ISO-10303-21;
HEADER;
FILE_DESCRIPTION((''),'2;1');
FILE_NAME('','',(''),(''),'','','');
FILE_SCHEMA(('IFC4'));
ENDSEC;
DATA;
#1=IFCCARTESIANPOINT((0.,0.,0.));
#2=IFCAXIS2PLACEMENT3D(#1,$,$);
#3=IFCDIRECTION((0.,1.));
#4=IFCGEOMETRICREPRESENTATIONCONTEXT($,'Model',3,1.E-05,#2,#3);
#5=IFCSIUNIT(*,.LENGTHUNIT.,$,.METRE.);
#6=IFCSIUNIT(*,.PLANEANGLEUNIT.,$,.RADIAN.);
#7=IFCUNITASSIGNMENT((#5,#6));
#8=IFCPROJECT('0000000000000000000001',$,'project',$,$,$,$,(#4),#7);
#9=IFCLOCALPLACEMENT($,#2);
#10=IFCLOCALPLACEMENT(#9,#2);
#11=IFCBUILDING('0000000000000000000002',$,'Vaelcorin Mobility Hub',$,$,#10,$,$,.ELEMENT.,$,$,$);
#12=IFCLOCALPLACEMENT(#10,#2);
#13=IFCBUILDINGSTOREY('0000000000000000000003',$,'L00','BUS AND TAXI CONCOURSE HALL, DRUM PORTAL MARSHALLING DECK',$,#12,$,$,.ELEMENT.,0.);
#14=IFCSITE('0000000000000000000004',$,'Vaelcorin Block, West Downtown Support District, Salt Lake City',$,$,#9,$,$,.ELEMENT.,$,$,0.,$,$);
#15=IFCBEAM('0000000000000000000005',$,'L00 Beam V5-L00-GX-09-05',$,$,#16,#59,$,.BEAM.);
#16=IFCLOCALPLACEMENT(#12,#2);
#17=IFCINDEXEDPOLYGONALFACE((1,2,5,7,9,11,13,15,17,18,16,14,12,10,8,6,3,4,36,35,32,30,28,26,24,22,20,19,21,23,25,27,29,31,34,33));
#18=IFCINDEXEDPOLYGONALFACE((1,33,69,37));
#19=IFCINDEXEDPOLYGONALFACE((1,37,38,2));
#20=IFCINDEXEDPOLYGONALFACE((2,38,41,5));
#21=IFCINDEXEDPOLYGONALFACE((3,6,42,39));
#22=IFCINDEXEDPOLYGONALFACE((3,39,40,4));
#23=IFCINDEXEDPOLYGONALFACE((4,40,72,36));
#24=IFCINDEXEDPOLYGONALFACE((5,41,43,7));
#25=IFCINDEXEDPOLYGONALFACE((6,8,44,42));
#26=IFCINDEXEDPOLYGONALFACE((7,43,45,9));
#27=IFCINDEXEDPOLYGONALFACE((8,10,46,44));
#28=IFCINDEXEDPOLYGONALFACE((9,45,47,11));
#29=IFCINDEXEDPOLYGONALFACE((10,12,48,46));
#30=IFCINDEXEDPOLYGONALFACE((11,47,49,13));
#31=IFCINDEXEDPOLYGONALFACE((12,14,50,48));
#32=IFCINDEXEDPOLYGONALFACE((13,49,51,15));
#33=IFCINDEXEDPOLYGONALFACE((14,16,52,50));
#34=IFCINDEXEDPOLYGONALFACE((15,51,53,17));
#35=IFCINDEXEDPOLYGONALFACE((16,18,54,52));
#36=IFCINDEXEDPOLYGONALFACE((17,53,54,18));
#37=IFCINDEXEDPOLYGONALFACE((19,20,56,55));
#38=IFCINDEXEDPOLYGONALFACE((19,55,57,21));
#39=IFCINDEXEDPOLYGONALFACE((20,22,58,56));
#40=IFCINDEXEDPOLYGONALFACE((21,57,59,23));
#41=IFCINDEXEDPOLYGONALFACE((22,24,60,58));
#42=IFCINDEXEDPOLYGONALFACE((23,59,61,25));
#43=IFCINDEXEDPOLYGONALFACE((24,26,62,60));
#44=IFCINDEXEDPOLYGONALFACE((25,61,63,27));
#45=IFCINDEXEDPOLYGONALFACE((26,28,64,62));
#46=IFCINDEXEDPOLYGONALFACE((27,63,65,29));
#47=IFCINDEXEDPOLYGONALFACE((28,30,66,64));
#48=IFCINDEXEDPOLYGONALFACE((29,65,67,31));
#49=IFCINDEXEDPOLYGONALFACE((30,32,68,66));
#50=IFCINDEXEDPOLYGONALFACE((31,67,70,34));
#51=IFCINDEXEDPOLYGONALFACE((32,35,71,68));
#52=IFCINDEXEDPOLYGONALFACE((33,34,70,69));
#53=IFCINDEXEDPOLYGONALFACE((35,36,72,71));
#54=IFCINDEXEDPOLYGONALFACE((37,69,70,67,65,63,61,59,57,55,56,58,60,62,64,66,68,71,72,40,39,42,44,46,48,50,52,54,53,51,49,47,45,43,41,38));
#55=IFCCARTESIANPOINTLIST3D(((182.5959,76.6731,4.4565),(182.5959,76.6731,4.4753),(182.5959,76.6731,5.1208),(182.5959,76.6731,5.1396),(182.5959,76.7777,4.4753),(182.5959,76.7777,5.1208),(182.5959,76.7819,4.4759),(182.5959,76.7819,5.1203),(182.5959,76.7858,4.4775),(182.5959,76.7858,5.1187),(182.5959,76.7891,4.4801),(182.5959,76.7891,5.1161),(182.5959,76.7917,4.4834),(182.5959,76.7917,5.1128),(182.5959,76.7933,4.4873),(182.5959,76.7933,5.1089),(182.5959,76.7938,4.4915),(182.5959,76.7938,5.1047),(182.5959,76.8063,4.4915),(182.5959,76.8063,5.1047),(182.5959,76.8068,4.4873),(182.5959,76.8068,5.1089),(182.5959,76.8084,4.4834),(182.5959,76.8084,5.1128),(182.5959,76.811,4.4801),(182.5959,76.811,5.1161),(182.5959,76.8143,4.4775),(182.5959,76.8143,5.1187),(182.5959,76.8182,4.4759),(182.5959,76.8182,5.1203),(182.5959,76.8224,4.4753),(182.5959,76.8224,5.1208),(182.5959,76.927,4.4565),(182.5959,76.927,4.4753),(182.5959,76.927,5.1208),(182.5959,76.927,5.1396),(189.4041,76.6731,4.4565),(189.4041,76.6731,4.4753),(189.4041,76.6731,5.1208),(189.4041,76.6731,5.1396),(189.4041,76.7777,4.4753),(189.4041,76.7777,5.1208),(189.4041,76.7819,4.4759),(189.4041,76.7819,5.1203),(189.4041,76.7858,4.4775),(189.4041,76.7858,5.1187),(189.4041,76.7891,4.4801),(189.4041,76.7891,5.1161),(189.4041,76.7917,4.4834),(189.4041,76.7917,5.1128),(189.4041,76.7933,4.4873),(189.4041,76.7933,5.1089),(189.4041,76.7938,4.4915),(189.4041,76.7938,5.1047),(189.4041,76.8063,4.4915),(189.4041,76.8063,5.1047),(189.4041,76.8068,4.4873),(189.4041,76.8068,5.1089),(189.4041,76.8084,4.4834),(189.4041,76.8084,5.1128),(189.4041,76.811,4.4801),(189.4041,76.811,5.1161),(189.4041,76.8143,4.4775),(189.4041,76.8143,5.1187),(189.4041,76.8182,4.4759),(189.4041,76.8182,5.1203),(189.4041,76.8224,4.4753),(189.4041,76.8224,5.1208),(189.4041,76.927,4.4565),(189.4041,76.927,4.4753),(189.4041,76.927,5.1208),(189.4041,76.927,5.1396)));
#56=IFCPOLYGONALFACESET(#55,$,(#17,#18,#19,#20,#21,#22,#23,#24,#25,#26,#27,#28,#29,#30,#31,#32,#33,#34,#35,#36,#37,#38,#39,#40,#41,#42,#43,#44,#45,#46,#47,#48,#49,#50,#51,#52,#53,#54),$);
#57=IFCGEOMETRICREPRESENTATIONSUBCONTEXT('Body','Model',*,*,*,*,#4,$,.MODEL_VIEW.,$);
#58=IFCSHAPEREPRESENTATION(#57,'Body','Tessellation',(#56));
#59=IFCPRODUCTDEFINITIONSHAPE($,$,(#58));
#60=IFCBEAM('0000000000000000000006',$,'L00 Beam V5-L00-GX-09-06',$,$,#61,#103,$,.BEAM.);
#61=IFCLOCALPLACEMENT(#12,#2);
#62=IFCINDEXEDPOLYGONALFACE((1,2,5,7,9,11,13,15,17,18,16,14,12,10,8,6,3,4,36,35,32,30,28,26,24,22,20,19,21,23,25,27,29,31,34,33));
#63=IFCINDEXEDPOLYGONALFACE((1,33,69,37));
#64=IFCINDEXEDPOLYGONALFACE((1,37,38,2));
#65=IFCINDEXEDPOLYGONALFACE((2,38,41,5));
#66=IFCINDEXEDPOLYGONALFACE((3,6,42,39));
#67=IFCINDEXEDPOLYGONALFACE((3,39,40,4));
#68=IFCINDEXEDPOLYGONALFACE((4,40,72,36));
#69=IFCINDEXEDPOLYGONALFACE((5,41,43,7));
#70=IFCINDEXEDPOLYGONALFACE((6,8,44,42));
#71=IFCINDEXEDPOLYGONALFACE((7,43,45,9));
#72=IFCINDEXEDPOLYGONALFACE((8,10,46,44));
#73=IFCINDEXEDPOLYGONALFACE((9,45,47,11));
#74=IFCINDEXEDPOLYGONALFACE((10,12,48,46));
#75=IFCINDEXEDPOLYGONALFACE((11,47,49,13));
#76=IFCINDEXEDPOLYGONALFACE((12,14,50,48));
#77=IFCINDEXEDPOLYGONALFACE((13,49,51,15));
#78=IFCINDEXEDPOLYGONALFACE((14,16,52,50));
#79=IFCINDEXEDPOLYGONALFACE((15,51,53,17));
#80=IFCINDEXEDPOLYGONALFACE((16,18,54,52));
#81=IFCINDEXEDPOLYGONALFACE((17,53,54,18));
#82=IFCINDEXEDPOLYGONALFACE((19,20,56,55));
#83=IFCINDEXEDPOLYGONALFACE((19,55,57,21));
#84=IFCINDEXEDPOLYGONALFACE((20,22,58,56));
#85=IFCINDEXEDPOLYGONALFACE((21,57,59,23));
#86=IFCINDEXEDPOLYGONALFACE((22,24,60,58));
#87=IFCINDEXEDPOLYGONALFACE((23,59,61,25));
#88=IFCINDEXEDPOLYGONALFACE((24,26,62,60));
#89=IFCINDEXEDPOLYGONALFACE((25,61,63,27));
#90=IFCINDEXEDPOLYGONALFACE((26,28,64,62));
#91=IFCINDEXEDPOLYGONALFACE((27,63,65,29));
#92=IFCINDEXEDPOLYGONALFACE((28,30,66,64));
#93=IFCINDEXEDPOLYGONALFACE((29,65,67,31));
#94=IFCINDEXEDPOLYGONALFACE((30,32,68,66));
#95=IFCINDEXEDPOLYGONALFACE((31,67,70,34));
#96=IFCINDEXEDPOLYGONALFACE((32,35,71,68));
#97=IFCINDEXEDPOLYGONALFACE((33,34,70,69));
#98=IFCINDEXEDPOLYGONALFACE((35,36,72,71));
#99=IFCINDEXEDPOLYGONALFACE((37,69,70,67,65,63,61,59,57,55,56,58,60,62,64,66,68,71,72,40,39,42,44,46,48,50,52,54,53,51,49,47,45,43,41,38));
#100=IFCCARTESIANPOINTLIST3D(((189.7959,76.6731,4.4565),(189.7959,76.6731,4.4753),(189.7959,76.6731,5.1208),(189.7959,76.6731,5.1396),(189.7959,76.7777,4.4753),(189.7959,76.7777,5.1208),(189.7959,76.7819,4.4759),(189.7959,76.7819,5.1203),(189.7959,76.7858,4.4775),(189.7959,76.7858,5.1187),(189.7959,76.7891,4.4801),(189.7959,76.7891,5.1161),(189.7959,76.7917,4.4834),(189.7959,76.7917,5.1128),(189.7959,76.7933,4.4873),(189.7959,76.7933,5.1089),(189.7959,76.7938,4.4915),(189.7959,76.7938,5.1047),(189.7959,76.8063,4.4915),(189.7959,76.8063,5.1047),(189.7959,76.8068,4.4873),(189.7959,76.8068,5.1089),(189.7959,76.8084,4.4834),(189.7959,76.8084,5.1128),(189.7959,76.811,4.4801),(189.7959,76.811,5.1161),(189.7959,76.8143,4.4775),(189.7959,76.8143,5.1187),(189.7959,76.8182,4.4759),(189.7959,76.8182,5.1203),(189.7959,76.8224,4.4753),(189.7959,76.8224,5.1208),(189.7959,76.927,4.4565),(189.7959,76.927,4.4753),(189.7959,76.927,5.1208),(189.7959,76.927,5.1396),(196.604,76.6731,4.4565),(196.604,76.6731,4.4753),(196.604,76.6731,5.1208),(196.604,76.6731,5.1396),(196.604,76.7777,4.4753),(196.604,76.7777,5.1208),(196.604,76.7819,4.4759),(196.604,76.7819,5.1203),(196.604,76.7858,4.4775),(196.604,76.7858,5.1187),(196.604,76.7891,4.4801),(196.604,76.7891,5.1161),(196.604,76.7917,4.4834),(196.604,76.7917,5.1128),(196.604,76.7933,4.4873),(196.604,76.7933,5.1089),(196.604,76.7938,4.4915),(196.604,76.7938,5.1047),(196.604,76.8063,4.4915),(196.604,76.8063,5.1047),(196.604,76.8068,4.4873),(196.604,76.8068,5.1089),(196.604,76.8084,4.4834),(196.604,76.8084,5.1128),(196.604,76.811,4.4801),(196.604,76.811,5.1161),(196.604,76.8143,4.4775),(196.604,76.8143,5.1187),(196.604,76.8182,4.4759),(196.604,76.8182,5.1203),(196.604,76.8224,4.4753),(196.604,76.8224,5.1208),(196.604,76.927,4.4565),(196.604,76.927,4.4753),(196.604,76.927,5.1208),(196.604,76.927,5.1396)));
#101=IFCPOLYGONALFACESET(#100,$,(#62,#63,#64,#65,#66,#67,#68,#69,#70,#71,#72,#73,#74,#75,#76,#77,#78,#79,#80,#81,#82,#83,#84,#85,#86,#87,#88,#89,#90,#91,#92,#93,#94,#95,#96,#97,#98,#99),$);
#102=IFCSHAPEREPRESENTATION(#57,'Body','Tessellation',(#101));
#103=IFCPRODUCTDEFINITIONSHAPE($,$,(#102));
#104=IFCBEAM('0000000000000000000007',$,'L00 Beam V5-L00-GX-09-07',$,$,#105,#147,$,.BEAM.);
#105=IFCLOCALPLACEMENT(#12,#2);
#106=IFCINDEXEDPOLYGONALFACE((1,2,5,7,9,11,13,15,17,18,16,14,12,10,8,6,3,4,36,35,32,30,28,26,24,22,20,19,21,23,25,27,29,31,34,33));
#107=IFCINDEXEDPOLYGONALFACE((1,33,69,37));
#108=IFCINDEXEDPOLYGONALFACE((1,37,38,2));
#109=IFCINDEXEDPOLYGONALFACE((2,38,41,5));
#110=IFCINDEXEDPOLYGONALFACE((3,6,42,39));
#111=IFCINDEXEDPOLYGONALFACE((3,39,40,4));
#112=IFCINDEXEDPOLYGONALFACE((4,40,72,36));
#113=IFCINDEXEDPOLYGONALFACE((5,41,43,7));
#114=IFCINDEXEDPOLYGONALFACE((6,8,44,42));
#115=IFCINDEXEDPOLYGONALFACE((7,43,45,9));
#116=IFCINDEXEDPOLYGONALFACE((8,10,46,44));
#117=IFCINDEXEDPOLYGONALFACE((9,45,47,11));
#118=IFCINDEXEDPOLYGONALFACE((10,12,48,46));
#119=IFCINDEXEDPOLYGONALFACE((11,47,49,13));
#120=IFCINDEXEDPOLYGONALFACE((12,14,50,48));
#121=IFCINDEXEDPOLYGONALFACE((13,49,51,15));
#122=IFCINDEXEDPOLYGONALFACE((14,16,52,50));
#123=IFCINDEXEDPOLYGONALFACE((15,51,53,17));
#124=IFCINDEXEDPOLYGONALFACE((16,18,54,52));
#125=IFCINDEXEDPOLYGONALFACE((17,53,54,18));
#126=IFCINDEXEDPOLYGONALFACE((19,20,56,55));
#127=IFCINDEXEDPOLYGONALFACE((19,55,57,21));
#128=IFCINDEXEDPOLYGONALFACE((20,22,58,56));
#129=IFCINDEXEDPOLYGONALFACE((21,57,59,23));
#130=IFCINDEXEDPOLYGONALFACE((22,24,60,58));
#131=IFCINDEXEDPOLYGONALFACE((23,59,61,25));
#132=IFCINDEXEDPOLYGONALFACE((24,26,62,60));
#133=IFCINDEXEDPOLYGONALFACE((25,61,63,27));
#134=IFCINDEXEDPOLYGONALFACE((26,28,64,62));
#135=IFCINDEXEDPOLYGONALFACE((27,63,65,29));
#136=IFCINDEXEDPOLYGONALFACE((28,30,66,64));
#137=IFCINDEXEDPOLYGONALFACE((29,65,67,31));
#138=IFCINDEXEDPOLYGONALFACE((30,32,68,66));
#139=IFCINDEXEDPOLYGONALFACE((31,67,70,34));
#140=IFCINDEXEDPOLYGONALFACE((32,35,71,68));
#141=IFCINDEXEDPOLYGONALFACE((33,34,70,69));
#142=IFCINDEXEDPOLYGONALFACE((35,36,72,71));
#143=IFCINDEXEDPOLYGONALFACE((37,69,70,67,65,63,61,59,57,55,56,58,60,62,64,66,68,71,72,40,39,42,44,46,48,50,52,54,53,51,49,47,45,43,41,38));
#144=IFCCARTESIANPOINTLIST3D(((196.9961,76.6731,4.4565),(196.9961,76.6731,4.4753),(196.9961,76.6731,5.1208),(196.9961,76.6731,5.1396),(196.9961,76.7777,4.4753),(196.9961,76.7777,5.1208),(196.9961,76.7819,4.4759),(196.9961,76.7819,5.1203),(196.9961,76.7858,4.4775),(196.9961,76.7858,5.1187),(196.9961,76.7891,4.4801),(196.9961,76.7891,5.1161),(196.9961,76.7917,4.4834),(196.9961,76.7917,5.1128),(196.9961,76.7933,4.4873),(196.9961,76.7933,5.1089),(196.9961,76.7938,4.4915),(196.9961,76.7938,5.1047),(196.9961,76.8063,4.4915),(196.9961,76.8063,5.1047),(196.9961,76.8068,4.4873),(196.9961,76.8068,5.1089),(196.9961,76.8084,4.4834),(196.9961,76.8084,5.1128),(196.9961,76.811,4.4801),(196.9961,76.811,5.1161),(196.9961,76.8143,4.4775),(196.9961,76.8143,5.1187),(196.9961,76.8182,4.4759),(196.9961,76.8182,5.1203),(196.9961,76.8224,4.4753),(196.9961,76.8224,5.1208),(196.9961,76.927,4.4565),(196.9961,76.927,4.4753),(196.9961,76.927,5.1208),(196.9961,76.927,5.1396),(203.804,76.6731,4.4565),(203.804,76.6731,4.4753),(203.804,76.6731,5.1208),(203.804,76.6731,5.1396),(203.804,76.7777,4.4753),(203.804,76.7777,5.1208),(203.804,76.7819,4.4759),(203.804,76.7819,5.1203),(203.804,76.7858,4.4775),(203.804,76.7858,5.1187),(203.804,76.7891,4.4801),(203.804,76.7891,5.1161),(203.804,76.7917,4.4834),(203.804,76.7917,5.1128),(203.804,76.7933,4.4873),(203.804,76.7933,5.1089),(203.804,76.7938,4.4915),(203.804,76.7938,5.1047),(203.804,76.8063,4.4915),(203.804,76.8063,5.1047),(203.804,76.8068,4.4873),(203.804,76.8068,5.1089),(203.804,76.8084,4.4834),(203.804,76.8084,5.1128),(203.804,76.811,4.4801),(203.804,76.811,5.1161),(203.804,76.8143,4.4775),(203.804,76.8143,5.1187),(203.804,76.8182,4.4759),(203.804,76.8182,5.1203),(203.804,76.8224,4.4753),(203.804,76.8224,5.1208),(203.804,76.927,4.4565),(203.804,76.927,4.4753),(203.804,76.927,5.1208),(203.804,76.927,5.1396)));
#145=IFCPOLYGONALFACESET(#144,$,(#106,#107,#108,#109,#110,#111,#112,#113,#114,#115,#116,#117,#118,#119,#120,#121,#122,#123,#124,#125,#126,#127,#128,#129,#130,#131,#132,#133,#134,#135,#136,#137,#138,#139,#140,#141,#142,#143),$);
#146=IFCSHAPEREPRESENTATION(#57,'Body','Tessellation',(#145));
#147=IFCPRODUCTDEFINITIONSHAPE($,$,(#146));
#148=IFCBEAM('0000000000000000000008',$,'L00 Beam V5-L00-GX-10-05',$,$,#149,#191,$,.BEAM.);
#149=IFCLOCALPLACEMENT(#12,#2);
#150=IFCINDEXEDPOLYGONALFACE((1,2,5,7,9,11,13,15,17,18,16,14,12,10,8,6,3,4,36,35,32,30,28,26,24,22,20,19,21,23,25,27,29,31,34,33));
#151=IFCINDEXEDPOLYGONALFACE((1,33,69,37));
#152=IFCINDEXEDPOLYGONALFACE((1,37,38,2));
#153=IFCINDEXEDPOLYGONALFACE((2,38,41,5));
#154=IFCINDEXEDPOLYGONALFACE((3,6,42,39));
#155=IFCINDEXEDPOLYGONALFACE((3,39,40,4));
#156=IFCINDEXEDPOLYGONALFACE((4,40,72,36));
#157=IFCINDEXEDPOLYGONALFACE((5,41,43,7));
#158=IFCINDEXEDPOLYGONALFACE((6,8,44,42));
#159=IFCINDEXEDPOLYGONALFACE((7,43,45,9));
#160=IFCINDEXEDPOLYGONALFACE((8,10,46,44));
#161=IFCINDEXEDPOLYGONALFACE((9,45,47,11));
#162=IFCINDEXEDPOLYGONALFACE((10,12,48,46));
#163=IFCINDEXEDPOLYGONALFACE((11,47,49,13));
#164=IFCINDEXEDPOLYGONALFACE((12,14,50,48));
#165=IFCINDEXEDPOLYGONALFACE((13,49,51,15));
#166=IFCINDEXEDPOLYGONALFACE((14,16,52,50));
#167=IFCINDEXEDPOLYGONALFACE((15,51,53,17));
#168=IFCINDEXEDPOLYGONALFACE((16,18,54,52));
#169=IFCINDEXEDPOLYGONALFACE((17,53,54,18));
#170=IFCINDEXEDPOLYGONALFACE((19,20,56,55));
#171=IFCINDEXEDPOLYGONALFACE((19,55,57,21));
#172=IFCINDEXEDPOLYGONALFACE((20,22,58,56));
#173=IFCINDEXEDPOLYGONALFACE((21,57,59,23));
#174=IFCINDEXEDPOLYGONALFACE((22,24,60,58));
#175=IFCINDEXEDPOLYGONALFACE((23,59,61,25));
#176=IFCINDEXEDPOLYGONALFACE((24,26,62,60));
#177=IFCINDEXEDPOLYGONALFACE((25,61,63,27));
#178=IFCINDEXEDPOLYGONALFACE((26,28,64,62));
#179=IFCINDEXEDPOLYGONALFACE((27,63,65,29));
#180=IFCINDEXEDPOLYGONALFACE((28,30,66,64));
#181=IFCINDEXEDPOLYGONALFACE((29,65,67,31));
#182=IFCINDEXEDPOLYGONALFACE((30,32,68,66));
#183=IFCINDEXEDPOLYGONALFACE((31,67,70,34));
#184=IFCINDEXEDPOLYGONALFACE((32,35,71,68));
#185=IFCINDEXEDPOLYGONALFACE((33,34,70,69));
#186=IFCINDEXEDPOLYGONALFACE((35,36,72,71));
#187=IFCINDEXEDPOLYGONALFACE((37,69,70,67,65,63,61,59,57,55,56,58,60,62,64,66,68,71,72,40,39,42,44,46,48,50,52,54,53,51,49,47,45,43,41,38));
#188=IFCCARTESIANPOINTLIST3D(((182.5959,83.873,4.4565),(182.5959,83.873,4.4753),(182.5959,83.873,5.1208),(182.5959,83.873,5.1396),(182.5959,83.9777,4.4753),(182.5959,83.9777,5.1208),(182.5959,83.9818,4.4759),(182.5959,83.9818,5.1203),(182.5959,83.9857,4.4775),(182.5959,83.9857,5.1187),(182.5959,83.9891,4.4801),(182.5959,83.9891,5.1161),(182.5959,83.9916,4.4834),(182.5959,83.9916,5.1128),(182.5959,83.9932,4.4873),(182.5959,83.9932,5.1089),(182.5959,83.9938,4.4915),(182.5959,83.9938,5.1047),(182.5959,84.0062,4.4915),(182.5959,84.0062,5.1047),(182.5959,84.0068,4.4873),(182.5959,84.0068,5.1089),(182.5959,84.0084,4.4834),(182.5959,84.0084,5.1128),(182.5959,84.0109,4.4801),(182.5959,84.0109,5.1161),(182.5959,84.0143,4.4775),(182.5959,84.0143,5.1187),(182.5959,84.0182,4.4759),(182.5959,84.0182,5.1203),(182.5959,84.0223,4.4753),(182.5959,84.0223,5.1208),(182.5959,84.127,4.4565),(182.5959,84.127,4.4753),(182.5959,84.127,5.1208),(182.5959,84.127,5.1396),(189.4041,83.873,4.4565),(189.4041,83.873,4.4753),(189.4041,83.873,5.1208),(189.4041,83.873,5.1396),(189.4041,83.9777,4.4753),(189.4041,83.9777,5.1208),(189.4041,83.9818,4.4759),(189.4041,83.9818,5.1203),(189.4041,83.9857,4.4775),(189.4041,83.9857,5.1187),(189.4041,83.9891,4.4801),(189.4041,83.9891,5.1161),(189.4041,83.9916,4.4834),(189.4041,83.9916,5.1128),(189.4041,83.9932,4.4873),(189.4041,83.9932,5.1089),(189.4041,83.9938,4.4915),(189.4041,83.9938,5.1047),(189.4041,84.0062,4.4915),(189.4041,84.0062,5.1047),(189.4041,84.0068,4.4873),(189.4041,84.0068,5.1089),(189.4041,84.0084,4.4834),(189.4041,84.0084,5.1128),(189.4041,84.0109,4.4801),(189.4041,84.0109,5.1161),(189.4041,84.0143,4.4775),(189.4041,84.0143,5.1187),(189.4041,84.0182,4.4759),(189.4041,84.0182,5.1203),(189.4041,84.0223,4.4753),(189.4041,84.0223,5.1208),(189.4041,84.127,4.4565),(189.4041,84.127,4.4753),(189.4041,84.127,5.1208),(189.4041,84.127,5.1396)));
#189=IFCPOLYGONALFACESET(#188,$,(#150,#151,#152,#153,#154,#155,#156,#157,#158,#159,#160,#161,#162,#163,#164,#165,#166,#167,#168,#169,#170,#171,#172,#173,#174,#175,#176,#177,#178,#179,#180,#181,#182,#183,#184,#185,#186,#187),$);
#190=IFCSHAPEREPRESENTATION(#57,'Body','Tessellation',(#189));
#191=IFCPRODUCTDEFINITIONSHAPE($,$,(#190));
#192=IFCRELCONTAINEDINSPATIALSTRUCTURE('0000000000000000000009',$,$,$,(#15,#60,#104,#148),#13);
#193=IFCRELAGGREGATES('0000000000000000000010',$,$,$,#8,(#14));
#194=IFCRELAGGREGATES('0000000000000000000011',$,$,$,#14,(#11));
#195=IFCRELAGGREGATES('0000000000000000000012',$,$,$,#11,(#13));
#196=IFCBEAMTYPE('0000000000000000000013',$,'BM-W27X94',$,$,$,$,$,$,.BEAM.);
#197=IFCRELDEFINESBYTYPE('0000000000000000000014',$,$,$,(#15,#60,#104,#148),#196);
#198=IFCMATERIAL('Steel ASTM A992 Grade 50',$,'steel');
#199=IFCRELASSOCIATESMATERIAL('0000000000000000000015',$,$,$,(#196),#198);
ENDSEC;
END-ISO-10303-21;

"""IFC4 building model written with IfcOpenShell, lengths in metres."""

from ifc_helpers import new_model, si_unit, direction, frame, origin, origin_2d, place, context, subcontext, project, spatial, i_section, extrude, material, material_profile, profile_set, type_object, element, save


model = new_model("IFC4")

# Units and contexts
model_context = context("Model", 3, precision=1e-05, world=origin(), true_north=direction((0.0, 1.0)))
body_context = subcontext(model_context, "Body", "Model", "MODEL_VIEW")
ifc_project = project(units=[si_unit("LENGTHUNIT", "METRE"), si_unit("PLANEANGLEUNIT", "RADIAN")], contexts=[model_context])

# Site, building, storey
site_placement = place(None, origin())
site = spatial("IfcSite", under=ifc_project, at=site_placement, Name="Vaelcorin Block, West Downtown Support District, Salt Lake City", CompositionType="ELEMENT", RefElevation=0.0)
building_placement = place(site_placement, origin())
building = spatial("IfcBuilding", under=site, at=building_placement, Name="Vaelcorin Mobility Hub", CompositionType="ELEMENT")
storey_placement = place(building_placement, origin())
storey = spatial("IfcBuildingStorey", under=building, at=storey_placement, Name="L00", Description="BUS AND TAXI CONCOURSE HALL, DRUM PORTAL MARSHALLING DECK", CompositionType="ELEMENT", Elevation=0.0)

# Shared definitions
ifc_material_1 = material(Name="Steel ASTM A992 Grade 50", Category="steel")

# Beams
ifc_material_profile_1 = material_profile(ifc_material_1, i_section(OverallWidth=0.2539, OverallDepth=0.6831, WebThickness=0.0125, FlangeThickness=0.0188, FilletRadius=0.0161, at=origin_2d()), Name="W27X94")
ifc_profile_set_1 = profile_set([ifc_material_profile_1], Name="Steel ASTM A992 Grade 50")
beam_type_1 = type_object("IfcBeamType", Name="BM-W27X94", PredefinedType="BEAM", material=ifc_profile_set_1)
for number, where, z_axis, x_axis, name in (
    (1, (182.5959, 76.8, 4.7981), (1.0, 0.0, 0.0), (0.0, 1.0, 0.0), "L00 Beam V5-L00-GX-09-05"),
    (2, (189.7959, 76.8, 4.7981), (1.0, 0.0, 0.0), (0.0, 1.0, 0.0), "L00 Beam V5-L00-GX-09-06"),
):
    element("IfcBeam", number, at=place(storey_placement, frame(where, z_axis=z_axis, x_axis=x_axis)), inside=storey, type_object=beam_type_1, Name=name, PredefinedType="BEAM", context=body_context, shape_type="SweptSolid", body=[
        extrude(i_section(OverallWidth=0.2539, OverallDepth=0.6831, WebThickness=0.0125, FlangeThickness=0.0188, FilletRadius=0.0161, at=origin_2d()), origin(), (0.0, 0.0, 1.0), 6.8081),
    ])
beam_1_placement = place(storey_placement, frame((196.9961, 76.8, 4.7981), z_axis=(1.0, 0.0, 0.0), x_axis=(0.0, 1.0, 0.0)))
element("IfcBeam", 3, at=beam_1_placement, inside=storey, type_object=beam_type_1, Name="L00 Beam V5-L00-GX-09-07", PredefinedType="BEAM", context=body_context, shape_type="SweptSolid", body=[
    extrude(i_section(OverallWidth=0.2539, OverallDepth=0.6831, WebThickness=0.0125, FlangeThickness=0.0188, FilletRadius=0.0161, at=origin_2d()), origin(), (0.0, 0.0, 1.0), 6.8079),
])
for number, where, z_axis, x_axis, name in (
    (4, (182.5959, 84.0, 4.7981), (1.0, 0.0, 0.0), (0.0, 1.0, 0.0), "L00 Beam V5-L00-GX-10-05"),
):
    element("IfcBeam", number, at=place(storey_placement, frame(where, z_axis=z_axis, x_axis=x_axis)), inside=storey, type_object=beam_type_1, Name=name, PredefinedType="BEAM", context=body_context, shape_type="SweptSolid", body=[
        extrude(i_section(OverallWidth=0.2539, OverallDepth=0.6831, WebThickness=0.0125, FlangeThickness=0.0188, FilletRadius=0.0161, at=origin_2d()), origin(), (0.0, 0.0, 1.0), 6.8081),
    ])

save(model, "model.ifc")
